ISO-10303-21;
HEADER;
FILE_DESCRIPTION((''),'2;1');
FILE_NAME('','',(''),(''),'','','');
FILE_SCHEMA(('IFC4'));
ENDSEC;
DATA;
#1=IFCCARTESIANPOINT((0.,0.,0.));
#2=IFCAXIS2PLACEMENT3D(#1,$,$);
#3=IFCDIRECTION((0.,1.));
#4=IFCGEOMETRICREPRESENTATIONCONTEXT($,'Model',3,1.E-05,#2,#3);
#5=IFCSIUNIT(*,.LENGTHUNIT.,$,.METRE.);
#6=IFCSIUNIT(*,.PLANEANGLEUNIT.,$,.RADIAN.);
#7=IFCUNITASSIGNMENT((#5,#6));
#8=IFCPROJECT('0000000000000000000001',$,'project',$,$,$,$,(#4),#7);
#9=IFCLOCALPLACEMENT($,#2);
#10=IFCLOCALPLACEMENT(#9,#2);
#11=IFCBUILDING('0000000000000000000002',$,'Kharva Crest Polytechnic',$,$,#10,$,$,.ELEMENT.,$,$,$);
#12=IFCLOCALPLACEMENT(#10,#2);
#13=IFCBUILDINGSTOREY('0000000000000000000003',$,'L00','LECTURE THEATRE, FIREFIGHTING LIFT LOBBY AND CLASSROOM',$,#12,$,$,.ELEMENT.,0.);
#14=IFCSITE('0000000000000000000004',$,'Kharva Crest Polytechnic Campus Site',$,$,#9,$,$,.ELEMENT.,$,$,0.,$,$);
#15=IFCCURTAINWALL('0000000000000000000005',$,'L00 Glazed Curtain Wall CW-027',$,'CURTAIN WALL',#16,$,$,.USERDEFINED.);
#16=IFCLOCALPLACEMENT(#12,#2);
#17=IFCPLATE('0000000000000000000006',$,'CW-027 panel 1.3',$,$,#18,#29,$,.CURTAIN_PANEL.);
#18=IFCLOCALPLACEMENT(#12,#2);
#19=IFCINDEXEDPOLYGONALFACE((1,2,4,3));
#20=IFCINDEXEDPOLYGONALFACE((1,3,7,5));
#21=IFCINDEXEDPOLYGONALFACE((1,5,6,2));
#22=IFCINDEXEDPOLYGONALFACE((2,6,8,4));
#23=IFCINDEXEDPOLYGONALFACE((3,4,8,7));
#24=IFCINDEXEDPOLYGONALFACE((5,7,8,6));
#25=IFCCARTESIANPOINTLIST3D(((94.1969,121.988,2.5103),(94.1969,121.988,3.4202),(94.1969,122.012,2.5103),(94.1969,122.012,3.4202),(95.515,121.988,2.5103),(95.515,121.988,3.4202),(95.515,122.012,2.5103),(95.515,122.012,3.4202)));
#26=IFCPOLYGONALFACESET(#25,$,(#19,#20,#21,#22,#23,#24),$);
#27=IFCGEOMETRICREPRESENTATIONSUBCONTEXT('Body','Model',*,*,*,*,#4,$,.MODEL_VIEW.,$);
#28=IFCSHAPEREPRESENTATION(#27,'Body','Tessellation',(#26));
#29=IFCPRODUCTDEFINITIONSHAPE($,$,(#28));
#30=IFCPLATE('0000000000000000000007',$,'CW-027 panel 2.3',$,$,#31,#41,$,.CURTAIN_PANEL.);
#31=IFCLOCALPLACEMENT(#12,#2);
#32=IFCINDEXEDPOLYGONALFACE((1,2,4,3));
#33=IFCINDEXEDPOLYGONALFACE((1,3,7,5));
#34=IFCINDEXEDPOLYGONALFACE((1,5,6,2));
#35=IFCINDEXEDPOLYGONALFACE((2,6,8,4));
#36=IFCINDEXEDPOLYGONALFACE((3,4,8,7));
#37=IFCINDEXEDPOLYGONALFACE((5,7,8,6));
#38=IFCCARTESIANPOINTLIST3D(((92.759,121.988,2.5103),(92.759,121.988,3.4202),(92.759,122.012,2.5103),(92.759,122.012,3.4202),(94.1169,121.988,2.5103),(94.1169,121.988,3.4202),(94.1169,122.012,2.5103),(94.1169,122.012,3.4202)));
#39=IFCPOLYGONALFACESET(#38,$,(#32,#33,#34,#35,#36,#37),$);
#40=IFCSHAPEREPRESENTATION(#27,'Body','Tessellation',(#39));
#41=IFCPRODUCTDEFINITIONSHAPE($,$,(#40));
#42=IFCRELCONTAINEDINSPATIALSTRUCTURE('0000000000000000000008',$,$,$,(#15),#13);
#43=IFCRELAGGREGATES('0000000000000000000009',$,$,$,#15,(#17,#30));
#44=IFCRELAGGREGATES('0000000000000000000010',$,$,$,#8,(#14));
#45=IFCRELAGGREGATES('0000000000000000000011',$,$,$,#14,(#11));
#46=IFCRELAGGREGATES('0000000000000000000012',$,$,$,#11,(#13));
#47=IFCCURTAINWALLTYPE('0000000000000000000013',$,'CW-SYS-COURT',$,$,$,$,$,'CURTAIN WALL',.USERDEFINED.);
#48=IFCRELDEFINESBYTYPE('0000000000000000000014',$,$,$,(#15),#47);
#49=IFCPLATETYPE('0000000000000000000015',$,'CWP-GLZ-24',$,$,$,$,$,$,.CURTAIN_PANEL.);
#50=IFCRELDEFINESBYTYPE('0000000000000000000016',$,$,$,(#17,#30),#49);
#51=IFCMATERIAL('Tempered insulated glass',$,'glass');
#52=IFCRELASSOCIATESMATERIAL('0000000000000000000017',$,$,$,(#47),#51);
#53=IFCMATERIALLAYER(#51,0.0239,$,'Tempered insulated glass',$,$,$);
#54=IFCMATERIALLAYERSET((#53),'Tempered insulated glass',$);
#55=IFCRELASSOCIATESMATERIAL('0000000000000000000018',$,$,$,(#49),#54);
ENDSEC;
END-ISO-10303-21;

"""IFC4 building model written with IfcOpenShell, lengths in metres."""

from ifc_helpers import new_model, si_unit, direction, frame, origin, origin_2d, place, context, subcontext, project, spatial, rectangle, extrude, material, layer, layer_set, type_object, element, aggregate, save


model = new_model("IFC4")

# Units and contexts
model_context = context("Model", 3, precision=1e-05, world=origin(), true_north=direction((0.0, 1.0)))
body_context = subcontext(model_context, "Body", "Model", "MODEL_VIEW")
ifc_project = project(units=[si_unit("LENGTHUNIT", "METRE"), si_unit("PLANEANGLEUNIT", "RADIAN")], contexts=[model_context])

# Site, building, storey
site_placement = place(None, origin())
site = spatial("IfcSite", under=ifc_project, at=site_placement, Name="Kharva Crest Polytechnic Campus Site", CompositionType="ELEMENT", RefElevation=0.0)
building_placement = place(site_placement, origin())
building = spatial("IfcBuilding", under=site, at=building_placement, Name="Kharva Crest Polytechnic", CompositionType="ELEMENT")
storey_placement = place(building_placement, origin())
storey = spatial("IfcBuildingStorey", under=building, at=storey_placement, Name="L00", Description="LECTURE THEATRE, FIREFIGHTING LIFT LOBBY AND CLASSROOM", CompositionType="ELEMENT", Elevation=0.0)

# Shared definitions
ifc_material_1 = material(Name="Tempered insulated glass", Category="glass")
curtain_wall_type = type_object("IfcCurtainWallType", Name="CW-SYS-COURT", ElementType="CURTAIN WALL", PredefinedType="USERDEFINED", material=ifc_material_1)

# Curtain wall
curtain_wall_1_placement = place(storey_placement, origin())
curtain_wall_1 = element("IfcCurtainWall", 1, at=curtain_wall_1_placement, inside=storey, type_object=curtain_wall_type, Name="L00 Glazed Curtain Wall CW-027", ObjectType="CURTAIN WALL", PredefinedType="USERDEFINED")

# Plates
ifc_layer = layer(ifc_material_1, 0.0239, Name="Tempered insulated glass")
ifc_layer_set = layer_set([ifc_layer], Name="Tempered insulated glass")
plate_type = type_object("IfcPlateType", Name="CWP-GLZ-24", PredefinedType="CURTAIN_PANEL", material=ifc_layer_set)
plate_1_placement = place(storey_placement, frame((94.856, 122.0, 2.5103), z_axis=(0.0, 0.0, 1.0), x_axis=(-1.0, 0.0, 0.0)))
plate_1 = element("IfcPlate", 2, at=plate_1_placement, type_object=plate_type, Name="CW-027 panel 1.3", PredefinedType="CURTAIN_PANEL", context=body_context, shape_type="SweptSolid", body=[
    extrude(rectangle(XDim=1.3181, YDim=0.0239, at=origin_2d()), origin(), (0.0, 0.0, 1.0), 0.9099),
])
plate_2_placement = place(storey_placement, frame((93.438, 122.0, 2.5103), z_axis=(0.0, 0.0, 1.0), x_axis=(-1.0, 0.0, 0.0)))
plate_2 = element("IfcPlate", 3, at=plate_2_placement, type_object=plate_type, Name="CW-027 panel 2.3", PredefinedType="CURTAIN_PANEL", context=body_context, shape_type="SweptSolid", body=[
    extrude(rectangle(XDim=1.3579, YDim=0.0239, at=origin_2d()), origin(), (0.0, 0.0, 1.0), 0.9099),
])
aggregate(curtain_wall_1, [plate_1, plate_2])

save(model, "model.ifc")
